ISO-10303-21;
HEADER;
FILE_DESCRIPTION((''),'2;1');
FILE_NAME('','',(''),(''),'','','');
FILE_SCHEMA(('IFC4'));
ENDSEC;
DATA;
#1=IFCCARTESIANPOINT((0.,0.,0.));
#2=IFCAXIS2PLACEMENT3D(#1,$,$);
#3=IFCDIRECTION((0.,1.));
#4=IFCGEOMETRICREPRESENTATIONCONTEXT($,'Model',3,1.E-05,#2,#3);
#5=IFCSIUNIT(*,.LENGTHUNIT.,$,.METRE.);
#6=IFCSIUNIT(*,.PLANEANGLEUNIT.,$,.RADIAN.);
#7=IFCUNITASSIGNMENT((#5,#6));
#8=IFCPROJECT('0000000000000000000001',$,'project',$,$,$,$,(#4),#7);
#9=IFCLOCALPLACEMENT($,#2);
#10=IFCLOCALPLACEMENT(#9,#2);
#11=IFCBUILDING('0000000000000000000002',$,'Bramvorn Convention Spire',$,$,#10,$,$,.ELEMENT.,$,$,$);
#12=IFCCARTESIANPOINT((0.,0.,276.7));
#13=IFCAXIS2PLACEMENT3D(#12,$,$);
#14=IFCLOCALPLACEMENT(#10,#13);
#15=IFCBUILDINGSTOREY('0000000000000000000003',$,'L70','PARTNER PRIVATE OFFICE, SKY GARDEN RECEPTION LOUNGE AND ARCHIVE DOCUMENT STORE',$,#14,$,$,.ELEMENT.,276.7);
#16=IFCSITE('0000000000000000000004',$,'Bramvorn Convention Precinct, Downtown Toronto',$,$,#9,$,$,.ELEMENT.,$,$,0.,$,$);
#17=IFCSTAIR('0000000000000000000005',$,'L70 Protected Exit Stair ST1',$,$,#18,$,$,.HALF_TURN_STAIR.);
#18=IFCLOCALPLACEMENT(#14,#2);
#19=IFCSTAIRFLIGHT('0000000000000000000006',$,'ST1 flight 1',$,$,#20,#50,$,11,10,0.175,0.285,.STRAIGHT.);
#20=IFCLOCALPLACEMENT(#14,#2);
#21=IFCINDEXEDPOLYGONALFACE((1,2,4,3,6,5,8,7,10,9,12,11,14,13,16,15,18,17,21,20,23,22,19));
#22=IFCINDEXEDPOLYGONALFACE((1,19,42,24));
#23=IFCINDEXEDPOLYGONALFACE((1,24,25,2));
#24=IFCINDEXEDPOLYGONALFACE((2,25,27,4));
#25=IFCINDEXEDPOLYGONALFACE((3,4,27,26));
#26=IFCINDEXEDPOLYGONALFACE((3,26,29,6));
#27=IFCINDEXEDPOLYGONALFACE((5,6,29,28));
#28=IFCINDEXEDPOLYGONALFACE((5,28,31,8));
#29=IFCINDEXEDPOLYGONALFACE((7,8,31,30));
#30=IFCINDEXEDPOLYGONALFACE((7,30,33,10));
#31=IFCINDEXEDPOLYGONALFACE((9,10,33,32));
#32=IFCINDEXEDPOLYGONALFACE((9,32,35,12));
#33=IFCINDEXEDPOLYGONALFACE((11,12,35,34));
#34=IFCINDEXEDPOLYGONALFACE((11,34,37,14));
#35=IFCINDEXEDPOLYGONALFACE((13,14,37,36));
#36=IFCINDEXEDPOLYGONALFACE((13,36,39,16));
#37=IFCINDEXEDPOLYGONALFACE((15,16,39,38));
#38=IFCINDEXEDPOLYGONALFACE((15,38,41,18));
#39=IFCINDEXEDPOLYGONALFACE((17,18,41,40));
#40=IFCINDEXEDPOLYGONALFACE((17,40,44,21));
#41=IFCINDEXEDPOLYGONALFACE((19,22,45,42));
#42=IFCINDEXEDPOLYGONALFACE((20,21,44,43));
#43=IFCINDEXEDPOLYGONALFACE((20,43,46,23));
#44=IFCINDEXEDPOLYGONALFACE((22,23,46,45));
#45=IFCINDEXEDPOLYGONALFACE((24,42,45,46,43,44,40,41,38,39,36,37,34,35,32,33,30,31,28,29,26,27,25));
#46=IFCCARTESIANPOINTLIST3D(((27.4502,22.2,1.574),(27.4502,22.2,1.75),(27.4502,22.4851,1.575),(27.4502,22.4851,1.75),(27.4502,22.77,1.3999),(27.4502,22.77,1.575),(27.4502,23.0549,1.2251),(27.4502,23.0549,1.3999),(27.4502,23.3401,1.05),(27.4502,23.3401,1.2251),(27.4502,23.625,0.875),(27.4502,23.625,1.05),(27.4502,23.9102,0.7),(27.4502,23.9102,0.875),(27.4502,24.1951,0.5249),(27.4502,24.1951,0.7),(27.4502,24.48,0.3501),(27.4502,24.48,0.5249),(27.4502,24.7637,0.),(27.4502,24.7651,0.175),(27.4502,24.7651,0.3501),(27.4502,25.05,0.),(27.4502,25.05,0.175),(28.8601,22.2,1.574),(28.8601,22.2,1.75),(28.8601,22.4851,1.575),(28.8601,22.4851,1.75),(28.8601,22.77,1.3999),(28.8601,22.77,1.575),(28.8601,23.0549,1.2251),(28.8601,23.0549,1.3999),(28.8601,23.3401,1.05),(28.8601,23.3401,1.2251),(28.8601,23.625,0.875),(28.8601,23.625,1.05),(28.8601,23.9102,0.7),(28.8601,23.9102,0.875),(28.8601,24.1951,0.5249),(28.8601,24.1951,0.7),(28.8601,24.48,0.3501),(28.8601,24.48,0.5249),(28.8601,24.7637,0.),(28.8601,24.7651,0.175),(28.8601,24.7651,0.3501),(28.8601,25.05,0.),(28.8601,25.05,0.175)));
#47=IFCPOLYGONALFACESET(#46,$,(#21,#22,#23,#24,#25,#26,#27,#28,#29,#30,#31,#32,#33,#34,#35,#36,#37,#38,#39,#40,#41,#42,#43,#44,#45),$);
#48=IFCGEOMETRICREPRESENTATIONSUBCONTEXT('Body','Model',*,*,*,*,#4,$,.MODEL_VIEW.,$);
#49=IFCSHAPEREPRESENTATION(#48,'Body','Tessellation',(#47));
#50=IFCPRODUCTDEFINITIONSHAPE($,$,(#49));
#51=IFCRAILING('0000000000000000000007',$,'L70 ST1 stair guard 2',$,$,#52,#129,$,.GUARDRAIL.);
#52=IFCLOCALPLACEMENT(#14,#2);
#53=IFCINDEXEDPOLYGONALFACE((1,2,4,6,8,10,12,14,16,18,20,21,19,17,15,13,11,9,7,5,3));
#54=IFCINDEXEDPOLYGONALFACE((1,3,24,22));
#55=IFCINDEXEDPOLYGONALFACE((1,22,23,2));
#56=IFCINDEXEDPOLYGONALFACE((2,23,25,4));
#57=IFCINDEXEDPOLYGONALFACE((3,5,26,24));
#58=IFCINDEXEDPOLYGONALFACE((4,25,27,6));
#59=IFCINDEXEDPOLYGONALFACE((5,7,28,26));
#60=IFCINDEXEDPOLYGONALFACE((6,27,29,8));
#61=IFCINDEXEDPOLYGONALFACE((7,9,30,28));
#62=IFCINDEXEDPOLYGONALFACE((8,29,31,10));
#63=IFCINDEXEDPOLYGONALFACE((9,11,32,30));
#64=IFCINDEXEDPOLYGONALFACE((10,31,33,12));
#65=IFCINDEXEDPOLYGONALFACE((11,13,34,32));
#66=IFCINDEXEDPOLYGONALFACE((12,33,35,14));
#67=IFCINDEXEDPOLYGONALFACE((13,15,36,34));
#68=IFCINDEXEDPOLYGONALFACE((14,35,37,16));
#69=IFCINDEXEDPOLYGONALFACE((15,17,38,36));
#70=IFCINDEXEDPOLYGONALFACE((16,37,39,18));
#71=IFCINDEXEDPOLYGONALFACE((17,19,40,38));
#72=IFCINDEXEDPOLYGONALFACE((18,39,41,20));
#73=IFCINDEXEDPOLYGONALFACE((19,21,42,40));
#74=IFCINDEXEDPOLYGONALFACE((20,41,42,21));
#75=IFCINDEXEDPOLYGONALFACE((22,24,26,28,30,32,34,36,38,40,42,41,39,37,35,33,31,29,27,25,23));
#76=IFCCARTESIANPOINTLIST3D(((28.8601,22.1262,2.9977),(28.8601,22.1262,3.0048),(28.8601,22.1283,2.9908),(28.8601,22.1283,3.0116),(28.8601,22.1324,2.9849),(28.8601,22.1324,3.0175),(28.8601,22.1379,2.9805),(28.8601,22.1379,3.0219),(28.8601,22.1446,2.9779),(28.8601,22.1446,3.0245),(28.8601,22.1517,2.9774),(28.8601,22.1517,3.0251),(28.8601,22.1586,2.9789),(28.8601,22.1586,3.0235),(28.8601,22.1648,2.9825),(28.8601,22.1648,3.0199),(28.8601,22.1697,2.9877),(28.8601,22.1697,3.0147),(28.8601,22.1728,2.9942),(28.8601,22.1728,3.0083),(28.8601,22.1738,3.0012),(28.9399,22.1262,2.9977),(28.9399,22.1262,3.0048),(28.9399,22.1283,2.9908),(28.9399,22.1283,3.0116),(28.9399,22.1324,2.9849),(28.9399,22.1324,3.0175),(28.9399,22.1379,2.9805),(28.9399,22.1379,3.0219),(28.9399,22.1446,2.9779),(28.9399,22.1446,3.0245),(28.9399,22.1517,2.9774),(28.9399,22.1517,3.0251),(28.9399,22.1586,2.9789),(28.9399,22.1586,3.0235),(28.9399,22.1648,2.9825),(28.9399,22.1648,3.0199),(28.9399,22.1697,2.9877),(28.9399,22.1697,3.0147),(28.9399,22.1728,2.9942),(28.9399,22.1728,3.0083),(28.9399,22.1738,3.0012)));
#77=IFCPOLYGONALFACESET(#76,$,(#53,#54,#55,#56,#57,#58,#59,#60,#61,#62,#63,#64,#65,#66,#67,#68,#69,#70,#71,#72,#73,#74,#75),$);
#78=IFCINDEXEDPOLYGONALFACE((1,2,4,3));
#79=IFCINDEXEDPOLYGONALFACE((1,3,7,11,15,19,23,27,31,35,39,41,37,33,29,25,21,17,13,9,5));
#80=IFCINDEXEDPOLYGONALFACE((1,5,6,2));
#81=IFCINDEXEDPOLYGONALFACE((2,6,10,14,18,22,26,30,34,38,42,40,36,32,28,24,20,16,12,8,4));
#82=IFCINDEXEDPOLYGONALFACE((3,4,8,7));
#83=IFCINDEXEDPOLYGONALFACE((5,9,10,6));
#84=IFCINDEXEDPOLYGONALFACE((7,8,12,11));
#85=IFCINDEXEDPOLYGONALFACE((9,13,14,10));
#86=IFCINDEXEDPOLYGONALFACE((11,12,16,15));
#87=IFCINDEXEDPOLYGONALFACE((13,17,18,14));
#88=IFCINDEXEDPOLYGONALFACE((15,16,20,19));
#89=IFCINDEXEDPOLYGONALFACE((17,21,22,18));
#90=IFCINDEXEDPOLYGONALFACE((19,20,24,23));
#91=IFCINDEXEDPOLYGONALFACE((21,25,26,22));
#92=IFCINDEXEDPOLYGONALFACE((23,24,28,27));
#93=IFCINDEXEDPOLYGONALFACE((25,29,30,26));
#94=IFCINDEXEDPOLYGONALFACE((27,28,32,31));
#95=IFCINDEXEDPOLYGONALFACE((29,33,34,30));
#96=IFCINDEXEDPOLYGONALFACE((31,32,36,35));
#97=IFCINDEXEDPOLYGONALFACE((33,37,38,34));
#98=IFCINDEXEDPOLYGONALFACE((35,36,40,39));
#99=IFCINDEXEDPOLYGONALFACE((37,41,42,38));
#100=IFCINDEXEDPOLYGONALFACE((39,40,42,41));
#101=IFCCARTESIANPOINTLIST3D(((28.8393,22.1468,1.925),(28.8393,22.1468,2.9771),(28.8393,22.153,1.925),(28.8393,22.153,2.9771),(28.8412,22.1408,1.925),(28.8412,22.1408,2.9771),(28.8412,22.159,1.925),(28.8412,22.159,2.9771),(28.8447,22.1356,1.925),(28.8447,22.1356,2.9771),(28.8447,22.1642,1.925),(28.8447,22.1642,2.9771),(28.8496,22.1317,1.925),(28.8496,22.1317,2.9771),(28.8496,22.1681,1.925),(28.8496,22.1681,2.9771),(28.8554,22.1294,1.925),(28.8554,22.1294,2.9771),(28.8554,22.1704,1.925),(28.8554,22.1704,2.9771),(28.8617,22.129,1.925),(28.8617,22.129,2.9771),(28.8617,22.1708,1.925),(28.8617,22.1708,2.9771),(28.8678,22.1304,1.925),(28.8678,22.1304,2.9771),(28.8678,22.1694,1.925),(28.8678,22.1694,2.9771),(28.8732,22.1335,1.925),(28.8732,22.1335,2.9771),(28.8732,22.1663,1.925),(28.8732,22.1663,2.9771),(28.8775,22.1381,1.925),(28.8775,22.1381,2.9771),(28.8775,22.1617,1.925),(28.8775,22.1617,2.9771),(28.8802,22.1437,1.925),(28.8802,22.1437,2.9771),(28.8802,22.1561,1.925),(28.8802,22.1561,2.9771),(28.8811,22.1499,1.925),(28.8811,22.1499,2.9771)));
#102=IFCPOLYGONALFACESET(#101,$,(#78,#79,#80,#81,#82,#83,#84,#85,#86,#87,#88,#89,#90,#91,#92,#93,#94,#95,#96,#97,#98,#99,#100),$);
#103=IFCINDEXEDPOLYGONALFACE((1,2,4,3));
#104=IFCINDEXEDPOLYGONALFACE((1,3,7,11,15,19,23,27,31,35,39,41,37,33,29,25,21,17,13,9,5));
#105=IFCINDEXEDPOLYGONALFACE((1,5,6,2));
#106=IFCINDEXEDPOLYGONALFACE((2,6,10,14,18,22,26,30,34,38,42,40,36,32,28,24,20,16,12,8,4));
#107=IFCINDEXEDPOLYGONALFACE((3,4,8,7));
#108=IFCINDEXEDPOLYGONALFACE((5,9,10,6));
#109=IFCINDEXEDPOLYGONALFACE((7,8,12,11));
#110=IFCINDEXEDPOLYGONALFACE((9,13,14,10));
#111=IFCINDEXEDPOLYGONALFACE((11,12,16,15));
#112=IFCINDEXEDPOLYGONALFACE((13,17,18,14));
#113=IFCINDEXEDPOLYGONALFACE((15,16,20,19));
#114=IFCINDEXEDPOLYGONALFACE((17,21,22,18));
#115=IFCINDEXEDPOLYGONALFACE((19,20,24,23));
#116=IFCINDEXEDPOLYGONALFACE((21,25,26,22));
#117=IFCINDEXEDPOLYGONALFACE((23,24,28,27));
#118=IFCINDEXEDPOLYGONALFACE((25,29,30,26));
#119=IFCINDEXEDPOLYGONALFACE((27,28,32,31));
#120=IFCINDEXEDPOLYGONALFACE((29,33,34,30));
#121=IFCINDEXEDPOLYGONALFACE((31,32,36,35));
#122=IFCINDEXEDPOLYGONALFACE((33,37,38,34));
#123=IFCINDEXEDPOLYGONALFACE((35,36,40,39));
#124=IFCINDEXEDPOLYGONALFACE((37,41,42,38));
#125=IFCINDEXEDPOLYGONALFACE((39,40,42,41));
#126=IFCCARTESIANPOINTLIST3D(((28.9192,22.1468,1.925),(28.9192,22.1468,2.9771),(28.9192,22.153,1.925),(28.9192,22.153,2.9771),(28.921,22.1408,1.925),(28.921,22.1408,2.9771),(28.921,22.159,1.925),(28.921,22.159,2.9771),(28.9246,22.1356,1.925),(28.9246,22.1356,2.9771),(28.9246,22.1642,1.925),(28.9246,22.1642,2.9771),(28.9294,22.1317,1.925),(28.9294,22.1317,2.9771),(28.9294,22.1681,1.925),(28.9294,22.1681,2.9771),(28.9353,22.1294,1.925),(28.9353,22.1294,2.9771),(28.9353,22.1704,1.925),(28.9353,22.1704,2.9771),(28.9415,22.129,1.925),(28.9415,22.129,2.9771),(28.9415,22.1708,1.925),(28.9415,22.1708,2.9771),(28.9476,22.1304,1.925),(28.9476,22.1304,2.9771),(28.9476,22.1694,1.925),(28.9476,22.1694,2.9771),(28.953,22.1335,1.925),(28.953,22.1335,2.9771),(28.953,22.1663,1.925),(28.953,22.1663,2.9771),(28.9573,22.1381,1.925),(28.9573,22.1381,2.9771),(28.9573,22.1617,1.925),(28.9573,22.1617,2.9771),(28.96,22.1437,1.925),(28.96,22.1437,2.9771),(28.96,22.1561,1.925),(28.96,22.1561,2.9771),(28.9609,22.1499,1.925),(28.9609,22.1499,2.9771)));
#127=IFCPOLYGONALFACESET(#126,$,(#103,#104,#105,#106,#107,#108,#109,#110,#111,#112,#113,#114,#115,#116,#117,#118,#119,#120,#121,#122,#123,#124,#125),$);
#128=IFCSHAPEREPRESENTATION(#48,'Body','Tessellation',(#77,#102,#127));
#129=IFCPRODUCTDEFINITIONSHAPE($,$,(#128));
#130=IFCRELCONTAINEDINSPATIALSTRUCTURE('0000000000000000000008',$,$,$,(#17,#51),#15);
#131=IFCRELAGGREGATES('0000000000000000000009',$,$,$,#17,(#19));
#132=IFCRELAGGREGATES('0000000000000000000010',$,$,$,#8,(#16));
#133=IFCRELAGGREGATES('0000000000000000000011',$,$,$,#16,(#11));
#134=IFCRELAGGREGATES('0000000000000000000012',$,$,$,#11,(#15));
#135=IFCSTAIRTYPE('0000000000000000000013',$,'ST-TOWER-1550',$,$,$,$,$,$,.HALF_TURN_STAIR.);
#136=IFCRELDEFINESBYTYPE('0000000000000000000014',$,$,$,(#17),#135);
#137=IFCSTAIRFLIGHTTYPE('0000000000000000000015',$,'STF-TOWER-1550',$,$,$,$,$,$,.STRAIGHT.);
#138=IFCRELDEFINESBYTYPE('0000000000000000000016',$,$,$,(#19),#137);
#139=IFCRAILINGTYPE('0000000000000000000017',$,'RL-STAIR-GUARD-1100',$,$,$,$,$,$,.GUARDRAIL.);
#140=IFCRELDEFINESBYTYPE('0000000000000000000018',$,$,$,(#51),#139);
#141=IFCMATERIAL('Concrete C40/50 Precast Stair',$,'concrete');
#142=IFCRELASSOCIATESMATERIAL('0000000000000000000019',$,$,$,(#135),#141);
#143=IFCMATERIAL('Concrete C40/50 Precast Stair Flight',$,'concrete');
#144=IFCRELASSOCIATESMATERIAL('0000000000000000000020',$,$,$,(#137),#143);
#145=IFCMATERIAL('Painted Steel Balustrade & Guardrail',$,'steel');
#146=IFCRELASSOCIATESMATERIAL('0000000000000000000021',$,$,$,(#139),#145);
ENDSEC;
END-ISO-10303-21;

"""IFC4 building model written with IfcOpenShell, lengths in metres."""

from ifc_helpers import new_model, si_unit, direction, frame, origin, origin_2d, place, context, subcontext, project, spatial, polyline, circle, outline, extrude, material, type_object, element, aggregate, save


model = new_model("IFC4")

# Units and contexts
model_context = context("Model", 3, precision=1e-05, world=origin(), true_north=direction((0.0, 1.0)))
body_context = subcontext(model_context, "Body", "Model", "MODEL_VIEW")
ifc_project = project(units=[si_unit("LENGTHUNIT", "METRE"), si_unit("PLANEANGLEUNIT", "RADIAN")], contexts=[model_context])

# Site, building, storey
site_placement = place(None, origin())
site = spatial("IfcSite", under=ifc_project, at=site_placement, Name="Bramvorn Convention Precinct, Downtown Toronto", CompositionType="ELEMENT", RefElevation=0.0)
building_placement = place(site_placement, origin())
building = spatial("IfcBuilding", under=site, at=building_placement, Name="Bramvorn Convention Spire", CompositionType="ELEMENT")
storey_placement = place(building_placement, frame((0.0, 0.0, 276.7)))
storey = spatial("IfcBuildingStorey", under=building, at=storey_placement, Name="L70", Description="PARTNER PRIVATE OFFICE, SKY GARDEN RECEPTION LOUNGE AND ARCHIVE DOCUMENT STORE", CompositionType="ELEMENT", Elevation=276.7)

# Stair, stair flight
ifc_material_1 = material(Name="Concrete C40/50 Precast Stair", Category="concrete")
stair_type = type_object("IfcStairType", Name="ST-TOWER-1550", PredefinedType="HALF_TURN_STAIR", material=ifc_material_1)
stair_placement = place(storey_placement, origin())
stair = element("IfcStair", 1, at=stair_placement, inside=storey, type_object=stair_type, Name="L70 Protected Exit Stair ST1", PredefinedType="HALF_TURN_STAIR")
ifc_material_2 = material(Name="Concrete C40/50 Precast Stair Flight", Category="concrete")
stair_flight_type = type_object("IfcStairFlightType", Name="STF-TOWER-1550", PredefinedType="STRAIGHT", material=ifc_material_2)
stair_flight_placement = place(storey_placement, frame((28.155, 25.05, 0.0), z_axis=(0.0, 0.0, 1.0), x_axis=(0.0, -1.0, 0.0)))
stair_flight = element("IfcStairFlight", 2, at=stair_flight_placement, type_object=stair_flight_type, Name="ST1 flight 1", NumberOfRisers=11, NumberOfTreads=10, PredefinedType="STRAIGHT", RiserHeight=0.175, TreadLength=0.285, context=body_context, shape_type="SweptSolid", body=[
    extrude(outline(polyline([(0.0, 0.0), (0.0, 0.175), (0.2849, 0.175), (0.2849, 0.3501), (0.5701, 0.3501), (0.5701, 0.5249), (0.855, 0.5249), (0.855, 0.7), (1.1399, 0.7), (1.1399, 0.875), (1.425, 0.875), (1.425, 1.05), (1.71, 1.05), (1.71, 1.2251), (1.9951, 1.2251), (1.9951, 1.3999), (2.28, 1.3999), (2.28, 1.575), (2.5649, 1.575), (2.5649, 1.75), (2.8501, 1.75), (2.8501, 1.925), (2.8501, 1.574), (0.2864, 0.0), (0.0, 0.0)])), frame((0.0, 0.7051, 0.0), z_axis=(0.0, -1.0, 0.0), x_axis=(1.0, 0.0, 0.0)), (0.0, 0.0, 1.0), 1.4099),
])
aggregate(stair, [stair_flight])

# Railing
ifc_material_3 = material(Name="Painted Steel Balustrade & Guardrail", Category="steel")
railing_type_1 = type_object("IfcRailingType", Name="RL-STAIR-GUARD-1100", PredefinedType="GUARDRAIL", material=ifc_material_3)
railing_1_placement = place(storey_placement, frame((28.8601, 22.1499, 1.925)))
element("IfcRailing", 3, at=railing_1_placement, inside=storey, type_object=railing_type_1, Name="L70 ST1 stair guard 2", PredefinedType="GUARDRAIL", context=body_context, shape_type="SweptSolid", body=[
    extrude(circle(Radius=0.0239, at=origin_2d()), frame((0.0, 0.0, 1.0762), z_axis=(1.0, 0.0, 0.0), x_axis=(0.0, 1.0, 0.0)), (0.0, 0.0, 1.0), 0.0798),
    extrude(circle(Radius=0.021, at=origin_2d()), origin(), (0.0, 0.0, 1.0), 1.052),
    extrude(circle(Radius=0.021, at=origin_2d()), frame((0.0798, 0.0, 0.0)), (0.0, 0.0, 1.0), 1.052),
])

save(model, "model.ifc")
